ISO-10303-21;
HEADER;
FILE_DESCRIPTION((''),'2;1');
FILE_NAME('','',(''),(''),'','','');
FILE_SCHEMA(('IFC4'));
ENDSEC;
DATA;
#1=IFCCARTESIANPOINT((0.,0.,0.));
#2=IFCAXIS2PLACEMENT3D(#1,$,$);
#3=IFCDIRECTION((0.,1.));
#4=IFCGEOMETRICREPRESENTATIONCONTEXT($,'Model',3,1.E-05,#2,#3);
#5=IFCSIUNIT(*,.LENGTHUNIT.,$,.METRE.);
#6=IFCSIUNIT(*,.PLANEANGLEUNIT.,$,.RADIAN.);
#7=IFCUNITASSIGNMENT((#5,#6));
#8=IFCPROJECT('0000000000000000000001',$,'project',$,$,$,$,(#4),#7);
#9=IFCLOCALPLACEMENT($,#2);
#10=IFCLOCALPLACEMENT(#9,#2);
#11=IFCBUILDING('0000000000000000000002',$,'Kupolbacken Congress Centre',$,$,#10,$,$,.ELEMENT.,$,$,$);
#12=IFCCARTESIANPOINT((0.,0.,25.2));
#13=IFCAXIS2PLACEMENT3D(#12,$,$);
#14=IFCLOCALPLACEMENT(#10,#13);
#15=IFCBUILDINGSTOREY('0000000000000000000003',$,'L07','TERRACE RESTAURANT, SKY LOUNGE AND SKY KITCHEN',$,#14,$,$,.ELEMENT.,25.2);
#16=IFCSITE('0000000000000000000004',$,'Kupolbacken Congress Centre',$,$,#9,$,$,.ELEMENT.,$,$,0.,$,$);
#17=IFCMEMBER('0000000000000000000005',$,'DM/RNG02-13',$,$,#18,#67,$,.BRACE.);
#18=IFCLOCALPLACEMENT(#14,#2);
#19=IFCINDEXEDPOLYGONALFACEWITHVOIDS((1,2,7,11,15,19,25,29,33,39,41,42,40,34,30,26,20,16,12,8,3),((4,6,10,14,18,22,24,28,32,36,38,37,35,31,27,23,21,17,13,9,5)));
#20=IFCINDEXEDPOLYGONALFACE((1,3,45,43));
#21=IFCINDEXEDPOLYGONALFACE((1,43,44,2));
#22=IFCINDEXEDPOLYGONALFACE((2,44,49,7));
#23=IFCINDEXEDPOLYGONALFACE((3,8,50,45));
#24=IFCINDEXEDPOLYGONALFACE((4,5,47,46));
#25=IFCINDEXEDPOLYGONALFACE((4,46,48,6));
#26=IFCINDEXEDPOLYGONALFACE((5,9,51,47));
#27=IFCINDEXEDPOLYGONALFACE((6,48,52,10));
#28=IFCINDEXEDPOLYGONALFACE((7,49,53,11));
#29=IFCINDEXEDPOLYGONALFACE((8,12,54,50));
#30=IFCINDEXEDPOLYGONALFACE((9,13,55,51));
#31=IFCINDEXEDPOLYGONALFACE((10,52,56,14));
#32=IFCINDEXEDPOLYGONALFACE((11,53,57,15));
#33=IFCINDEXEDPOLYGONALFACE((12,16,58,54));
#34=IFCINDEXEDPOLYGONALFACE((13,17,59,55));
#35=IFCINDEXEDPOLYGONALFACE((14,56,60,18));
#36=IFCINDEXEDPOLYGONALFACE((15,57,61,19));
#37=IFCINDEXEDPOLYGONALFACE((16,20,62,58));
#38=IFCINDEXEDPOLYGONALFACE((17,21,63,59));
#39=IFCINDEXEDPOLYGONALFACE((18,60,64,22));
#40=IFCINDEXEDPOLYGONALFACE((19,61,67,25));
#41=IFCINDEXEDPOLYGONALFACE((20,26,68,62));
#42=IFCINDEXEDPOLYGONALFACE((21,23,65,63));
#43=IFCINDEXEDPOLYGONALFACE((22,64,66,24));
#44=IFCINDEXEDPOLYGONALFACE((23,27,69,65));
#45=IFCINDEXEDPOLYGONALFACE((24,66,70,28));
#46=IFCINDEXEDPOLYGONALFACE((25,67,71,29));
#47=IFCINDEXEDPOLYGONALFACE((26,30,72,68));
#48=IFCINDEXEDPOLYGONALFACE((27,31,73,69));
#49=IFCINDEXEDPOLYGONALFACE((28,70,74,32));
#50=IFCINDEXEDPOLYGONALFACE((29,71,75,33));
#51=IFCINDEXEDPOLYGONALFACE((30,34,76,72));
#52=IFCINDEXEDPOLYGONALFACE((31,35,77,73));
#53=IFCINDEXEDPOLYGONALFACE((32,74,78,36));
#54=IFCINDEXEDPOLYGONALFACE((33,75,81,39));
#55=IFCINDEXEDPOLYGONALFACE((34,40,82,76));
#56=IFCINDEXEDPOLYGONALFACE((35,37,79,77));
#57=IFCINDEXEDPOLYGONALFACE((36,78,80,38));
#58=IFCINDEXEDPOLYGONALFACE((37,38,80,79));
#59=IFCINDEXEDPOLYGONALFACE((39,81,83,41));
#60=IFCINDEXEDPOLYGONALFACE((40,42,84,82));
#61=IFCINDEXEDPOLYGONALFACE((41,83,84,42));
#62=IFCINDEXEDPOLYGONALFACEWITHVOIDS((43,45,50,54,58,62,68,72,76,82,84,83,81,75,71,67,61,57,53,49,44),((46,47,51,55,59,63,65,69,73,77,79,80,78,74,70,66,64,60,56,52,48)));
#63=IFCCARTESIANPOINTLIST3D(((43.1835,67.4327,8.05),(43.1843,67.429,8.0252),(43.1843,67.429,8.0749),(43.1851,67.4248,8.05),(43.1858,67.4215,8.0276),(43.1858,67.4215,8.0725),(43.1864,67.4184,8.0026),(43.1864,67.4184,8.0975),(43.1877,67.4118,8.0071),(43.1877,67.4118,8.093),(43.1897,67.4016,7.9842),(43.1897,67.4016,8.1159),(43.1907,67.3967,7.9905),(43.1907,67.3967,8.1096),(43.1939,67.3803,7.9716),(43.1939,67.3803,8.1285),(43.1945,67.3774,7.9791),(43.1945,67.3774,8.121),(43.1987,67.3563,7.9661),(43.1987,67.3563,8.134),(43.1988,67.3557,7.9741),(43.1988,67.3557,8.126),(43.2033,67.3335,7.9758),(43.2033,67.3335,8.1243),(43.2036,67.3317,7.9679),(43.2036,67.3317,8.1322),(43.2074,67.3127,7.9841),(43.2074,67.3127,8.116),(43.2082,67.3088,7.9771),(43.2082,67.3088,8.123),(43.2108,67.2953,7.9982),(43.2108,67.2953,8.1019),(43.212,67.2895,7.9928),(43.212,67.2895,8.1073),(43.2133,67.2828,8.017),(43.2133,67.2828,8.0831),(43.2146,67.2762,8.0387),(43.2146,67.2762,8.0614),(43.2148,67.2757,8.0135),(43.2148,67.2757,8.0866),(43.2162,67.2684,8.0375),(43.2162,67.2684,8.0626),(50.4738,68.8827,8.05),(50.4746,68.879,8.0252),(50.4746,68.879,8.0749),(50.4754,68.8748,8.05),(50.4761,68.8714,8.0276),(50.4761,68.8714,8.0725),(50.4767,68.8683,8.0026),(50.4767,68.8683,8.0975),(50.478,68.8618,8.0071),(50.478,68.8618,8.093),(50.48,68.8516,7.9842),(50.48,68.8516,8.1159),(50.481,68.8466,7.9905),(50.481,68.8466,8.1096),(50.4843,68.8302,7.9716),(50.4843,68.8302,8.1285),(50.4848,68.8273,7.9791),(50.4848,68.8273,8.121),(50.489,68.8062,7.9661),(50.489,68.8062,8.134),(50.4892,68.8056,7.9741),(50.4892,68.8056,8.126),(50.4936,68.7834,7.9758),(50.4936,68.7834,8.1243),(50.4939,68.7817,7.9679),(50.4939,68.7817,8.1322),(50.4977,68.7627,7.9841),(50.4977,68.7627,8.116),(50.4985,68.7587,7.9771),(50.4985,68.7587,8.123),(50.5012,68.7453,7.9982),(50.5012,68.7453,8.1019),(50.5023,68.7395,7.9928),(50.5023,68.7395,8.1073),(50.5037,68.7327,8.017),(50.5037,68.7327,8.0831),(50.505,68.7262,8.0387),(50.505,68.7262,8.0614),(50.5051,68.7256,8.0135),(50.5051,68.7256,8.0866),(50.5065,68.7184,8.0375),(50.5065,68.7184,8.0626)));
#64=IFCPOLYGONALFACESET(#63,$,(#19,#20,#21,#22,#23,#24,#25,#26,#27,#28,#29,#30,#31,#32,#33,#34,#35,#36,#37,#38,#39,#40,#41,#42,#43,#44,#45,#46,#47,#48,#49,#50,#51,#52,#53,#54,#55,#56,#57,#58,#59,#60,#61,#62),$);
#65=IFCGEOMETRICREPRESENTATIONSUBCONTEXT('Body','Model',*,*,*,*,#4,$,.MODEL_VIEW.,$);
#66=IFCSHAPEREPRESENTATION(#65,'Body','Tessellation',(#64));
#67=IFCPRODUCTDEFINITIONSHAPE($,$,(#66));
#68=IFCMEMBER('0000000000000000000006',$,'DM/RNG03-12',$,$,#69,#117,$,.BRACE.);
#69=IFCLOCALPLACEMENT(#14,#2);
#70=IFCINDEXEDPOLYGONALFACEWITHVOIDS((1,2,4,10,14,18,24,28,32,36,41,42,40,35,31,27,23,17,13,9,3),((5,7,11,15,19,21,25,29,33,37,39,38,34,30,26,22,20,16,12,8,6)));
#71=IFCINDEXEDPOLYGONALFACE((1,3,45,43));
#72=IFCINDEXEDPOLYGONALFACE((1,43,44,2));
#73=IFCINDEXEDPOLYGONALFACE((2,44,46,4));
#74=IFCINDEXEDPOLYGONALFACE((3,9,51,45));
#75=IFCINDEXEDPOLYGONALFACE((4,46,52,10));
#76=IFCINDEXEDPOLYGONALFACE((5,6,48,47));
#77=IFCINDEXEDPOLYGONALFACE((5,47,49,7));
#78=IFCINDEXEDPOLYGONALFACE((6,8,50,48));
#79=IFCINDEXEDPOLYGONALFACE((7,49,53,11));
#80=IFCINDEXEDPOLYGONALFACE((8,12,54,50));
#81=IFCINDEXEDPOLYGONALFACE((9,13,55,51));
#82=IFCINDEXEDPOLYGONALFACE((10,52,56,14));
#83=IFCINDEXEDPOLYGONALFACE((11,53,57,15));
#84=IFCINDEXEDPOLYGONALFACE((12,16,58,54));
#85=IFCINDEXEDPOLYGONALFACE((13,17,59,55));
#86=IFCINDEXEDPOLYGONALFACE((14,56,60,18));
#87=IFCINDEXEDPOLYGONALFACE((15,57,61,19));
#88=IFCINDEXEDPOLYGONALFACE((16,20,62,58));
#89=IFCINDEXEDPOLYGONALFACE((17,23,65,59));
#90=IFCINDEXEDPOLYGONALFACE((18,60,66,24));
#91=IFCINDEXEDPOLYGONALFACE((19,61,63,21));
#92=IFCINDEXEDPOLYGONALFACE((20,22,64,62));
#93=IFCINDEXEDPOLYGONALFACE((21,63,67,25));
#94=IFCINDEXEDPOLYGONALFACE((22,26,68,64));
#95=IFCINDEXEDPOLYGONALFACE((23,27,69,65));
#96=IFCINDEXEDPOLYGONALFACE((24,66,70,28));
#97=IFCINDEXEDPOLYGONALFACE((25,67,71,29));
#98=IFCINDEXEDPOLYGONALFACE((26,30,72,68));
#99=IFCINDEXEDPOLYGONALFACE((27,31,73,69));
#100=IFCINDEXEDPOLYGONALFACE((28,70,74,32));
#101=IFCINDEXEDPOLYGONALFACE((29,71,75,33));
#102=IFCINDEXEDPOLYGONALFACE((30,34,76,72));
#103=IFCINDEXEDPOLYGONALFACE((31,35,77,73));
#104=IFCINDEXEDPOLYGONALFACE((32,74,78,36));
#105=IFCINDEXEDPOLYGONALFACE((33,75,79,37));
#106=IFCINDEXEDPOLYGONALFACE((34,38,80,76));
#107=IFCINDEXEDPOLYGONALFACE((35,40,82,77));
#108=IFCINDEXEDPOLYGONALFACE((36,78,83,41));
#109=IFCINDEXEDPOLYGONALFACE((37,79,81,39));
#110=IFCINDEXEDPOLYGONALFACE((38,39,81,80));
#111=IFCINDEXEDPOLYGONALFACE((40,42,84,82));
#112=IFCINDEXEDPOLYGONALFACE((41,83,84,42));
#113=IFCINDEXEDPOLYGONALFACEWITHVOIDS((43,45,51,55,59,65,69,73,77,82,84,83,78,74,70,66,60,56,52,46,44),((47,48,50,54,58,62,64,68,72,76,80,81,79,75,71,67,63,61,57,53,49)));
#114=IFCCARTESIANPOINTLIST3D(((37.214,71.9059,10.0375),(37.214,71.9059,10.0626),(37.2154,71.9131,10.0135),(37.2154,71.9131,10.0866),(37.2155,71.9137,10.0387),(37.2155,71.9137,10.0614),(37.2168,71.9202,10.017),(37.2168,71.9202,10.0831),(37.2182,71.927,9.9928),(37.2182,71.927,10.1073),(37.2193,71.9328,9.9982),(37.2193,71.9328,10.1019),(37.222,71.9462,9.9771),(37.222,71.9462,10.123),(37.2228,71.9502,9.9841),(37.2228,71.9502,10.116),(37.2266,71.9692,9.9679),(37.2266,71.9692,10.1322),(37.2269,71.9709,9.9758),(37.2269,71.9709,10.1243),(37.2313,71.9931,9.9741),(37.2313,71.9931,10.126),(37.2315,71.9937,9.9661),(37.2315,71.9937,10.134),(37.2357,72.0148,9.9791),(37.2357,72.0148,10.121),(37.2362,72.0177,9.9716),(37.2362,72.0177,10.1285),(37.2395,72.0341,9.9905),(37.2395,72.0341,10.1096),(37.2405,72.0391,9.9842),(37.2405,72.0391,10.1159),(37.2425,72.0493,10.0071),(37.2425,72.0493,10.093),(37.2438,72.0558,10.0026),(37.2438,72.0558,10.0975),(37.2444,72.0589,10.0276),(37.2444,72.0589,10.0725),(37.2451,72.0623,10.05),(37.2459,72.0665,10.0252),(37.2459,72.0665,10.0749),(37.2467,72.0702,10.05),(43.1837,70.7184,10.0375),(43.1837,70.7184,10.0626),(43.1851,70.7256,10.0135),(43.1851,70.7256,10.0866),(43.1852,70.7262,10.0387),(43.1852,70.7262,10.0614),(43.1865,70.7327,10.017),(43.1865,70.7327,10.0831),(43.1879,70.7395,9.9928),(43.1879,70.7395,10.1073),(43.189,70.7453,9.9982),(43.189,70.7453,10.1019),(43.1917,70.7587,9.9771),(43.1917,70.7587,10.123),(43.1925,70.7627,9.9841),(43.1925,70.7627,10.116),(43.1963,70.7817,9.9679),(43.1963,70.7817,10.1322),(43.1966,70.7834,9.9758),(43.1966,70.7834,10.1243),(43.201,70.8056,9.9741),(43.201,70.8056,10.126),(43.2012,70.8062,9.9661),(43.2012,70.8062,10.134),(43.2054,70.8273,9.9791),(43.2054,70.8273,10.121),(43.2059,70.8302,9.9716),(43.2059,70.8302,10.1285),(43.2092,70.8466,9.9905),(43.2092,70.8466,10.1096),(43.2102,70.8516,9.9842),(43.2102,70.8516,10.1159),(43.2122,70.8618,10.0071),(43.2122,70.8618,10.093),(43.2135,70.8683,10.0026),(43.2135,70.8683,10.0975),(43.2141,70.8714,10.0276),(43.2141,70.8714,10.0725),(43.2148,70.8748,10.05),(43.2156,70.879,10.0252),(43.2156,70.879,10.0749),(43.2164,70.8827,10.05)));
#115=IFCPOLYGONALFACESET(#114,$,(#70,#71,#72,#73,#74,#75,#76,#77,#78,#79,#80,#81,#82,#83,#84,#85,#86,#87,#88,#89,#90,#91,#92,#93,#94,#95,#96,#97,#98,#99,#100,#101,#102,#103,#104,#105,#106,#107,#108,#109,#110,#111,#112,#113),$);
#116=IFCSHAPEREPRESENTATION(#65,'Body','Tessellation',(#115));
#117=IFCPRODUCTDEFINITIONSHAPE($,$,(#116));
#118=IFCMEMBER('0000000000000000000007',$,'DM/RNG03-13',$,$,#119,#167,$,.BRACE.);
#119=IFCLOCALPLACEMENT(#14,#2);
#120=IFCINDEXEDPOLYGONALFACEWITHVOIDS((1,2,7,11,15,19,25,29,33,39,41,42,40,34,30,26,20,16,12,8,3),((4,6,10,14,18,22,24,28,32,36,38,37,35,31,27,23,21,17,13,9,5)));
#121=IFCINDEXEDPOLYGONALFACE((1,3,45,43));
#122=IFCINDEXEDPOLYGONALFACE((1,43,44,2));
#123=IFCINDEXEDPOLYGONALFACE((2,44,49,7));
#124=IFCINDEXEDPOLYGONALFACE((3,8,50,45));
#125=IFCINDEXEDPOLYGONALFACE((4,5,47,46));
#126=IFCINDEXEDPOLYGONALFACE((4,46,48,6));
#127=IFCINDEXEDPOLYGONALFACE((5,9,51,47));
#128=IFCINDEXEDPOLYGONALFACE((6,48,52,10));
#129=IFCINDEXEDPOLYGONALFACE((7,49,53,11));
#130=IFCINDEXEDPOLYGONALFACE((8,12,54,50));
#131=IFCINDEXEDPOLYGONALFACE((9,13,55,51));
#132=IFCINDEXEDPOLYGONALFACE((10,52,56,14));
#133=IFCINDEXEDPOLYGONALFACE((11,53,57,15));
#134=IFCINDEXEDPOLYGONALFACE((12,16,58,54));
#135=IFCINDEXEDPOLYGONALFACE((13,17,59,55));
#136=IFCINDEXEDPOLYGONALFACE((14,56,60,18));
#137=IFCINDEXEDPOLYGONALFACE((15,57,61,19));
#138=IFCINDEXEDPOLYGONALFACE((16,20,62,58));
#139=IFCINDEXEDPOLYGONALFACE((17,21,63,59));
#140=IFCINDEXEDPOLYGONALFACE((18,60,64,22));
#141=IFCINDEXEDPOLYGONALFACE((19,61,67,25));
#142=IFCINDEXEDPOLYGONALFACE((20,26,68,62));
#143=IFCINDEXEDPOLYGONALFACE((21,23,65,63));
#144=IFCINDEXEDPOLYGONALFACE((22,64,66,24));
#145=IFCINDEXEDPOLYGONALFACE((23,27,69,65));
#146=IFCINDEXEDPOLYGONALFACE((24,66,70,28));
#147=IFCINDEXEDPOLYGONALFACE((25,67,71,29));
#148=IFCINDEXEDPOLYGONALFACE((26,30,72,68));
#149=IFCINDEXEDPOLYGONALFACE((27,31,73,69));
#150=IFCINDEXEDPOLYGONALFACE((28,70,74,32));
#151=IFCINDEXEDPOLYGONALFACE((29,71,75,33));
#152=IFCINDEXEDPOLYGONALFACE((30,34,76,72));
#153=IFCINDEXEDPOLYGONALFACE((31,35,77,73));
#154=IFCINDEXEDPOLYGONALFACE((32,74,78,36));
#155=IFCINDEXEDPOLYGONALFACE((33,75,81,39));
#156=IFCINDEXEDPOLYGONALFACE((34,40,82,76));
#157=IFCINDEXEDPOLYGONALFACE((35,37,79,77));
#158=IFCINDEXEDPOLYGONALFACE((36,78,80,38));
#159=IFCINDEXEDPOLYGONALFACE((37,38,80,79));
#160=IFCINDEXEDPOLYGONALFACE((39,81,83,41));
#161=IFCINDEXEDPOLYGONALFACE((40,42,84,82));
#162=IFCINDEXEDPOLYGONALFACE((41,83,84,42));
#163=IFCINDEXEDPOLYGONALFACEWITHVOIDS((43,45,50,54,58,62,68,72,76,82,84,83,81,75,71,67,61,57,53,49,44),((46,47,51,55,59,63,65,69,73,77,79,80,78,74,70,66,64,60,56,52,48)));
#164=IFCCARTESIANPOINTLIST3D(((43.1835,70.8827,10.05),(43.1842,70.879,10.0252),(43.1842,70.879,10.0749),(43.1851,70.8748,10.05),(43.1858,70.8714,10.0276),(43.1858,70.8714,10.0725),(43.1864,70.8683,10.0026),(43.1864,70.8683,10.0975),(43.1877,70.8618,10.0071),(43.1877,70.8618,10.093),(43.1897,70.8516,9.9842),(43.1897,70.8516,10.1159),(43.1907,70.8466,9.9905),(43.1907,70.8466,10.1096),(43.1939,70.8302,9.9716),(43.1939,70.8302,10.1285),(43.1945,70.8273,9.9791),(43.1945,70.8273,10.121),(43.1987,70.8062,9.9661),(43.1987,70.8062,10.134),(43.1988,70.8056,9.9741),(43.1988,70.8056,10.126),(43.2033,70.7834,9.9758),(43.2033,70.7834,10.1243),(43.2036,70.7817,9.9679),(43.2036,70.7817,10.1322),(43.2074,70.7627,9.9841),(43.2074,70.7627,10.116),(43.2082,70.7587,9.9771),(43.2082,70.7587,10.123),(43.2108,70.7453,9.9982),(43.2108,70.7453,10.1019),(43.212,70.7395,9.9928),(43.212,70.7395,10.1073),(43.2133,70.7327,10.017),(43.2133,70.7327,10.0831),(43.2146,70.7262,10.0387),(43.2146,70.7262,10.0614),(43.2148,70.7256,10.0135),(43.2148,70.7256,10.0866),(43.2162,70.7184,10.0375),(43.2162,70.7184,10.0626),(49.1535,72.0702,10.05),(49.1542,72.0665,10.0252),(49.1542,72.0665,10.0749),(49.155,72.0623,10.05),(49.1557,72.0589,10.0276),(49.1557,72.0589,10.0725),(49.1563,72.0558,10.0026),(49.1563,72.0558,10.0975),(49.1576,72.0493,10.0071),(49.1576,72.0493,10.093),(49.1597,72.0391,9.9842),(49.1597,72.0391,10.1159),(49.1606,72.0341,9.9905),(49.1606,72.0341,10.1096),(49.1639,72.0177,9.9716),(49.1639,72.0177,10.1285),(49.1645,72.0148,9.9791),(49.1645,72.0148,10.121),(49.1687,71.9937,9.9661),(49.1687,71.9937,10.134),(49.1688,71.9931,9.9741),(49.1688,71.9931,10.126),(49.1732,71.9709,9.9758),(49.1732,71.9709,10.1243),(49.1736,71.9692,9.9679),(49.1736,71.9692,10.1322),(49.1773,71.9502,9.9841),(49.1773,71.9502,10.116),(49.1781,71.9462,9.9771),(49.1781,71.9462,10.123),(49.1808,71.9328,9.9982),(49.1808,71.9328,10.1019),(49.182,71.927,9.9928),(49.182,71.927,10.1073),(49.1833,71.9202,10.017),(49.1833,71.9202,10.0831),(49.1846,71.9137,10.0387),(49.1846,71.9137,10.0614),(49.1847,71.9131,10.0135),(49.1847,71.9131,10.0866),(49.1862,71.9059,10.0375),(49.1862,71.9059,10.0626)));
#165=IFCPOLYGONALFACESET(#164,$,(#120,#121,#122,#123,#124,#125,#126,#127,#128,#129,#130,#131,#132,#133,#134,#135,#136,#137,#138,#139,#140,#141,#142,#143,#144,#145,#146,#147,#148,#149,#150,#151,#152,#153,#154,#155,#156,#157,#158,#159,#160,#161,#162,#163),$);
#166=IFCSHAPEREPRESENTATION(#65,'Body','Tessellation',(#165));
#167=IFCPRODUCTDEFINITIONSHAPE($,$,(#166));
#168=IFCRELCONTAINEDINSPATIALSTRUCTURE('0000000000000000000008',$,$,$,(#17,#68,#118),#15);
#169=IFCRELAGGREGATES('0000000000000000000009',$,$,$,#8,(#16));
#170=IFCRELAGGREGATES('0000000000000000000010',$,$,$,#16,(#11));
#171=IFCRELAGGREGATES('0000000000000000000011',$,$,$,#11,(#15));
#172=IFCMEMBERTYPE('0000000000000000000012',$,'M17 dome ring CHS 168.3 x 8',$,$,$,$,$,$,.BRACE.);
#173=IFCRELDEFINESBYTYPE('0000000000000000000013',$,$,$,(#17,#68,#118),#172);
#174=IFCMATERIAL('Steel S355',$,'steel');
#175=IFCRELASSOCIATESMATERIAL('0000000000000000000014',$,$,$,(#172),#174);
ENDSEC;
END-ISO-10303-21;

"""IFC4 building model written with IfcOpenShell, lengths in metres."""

from ifc_helpers import new_model, si_unit, direction, frame, origin, origin_2d, place, context, subcontext, project, spatial, hollow_circle, extrude, material, material_profile, profile_set, type_object, element, save


model = new_model("IFC4")

# Units and contexts
model_context = context("Model", 3, precision=1e-05, world=origin(), true_north=direction((0.0, 1.0)))
body_context = subcontext(model_context, "Body", "Model", "MODEL_VIEW")
ifc_project = project(units=[si_unit("LENGTHUNIT", "METRE"), si_unit("PLANEANGLEUNIT", "RADIAN")], contexts=[model_context])

# Site, building, storey
site_placement = place(None, origin())
site = spatial("IfcSite", under=ifc_project, at=site_placement, Name="Kupolbacken Congress Centre", CompositionType="ELEMENT", RefElevation=0.0)
building_placement = place(site_placement, origin())
building = spatial("IfcBuilding", under=site, at=building_placement, Name="Kupolbacken Congress Centre", CompositionType="ELEMENT")
storey_placement = place(building_placement, frame((0.0, 0.0, 25.2)))
storey = spatial("IfcBuildingStorey", under=building, at=storey_placement, Name="L07", Description="TERRACE RESTAURANT, SKY LOUNGE AND SKY KITCHEN", CompositionType="ELEMENT", Elevation=25.2)

# Members
ifc_material_1 = material(Name="Steel S355", Category="steel")
ifc_material_profile_1 = material_profile(ifc_material_1, hollow_circle(Radius=0.0842, WallThickness=0.0081, at=origin_2d()), Name="CHS 168.3 x 8")
ifc_profile_set_1 = profile_set([ifc_material_profile_1], Name="Steel S355")
member_type_1 = type_object("IfcMemberType", Name="M17 dome ring CHS 168.3 x 8", PredefinedType="BRACE", material=ifc_profile_set_1)
member_1_placement = place(storey_placement, frame((43.2, 67.3501, 8.05), z_axis=(0.98079, 0.195068, 0.0), x_axis=(-0.195068, 0.98079, 0.0)))
element("IfcMember", 1, at=member_1_placement, inside=storey, type_object=member_type_1, Name="DM/RNG02-13", PredefinedType="BRACE", context=body_context, shape_type="SweptSolid", body=[
    extrude(hollow_circle(Radius=0.0842, WallThickness=0.0081, at=origin_2d()), origin(), (0.0, 0.0, 1.0), 7.4331),
])
member_2_placement = place(storey_placement, frame((37.2302, 71.9875, 10.05), z_axis=(0.980784, -0.195098, 0.0), x_axis=(0.195098, 0.980784, 0.0)))
element("IfcMember", 2, at=member_2_placement, inside=storey, type_object=member_type_1, Name="DM/RNG03-12", PredefinedType="BRACE", context=body_context, shape_type="SweptSolid", body=[
    extrude(hollow_circle(Radius=0.0842, WallThickness=0.0081, at=origin_2d()), origin(), (0.0, 0.0, 1.0), 6.0867),
])
member_3_placement = place(storey_placement, frame((43.2, 70.8, 10.05), z_axis=(0.980785, 0.19509, 0.0), x_axis=(-0.19509, 0.980785, 0.0)))
element("IfcMember", 3, at=member_3_placement, inside=storey, type_object=member_type_1, Name="DM/RNG03-13", PredefinedType="BRACE", context=body_context, shape_type="SweptSolid", body=[
    extrude(hollow_circle(Radius=0.0842, WallThickness=0.0081, at=origin_2d()), origin(), (0.0, 0.0, 1.0), 6.0869),
])

save(model, "model.ifc")
